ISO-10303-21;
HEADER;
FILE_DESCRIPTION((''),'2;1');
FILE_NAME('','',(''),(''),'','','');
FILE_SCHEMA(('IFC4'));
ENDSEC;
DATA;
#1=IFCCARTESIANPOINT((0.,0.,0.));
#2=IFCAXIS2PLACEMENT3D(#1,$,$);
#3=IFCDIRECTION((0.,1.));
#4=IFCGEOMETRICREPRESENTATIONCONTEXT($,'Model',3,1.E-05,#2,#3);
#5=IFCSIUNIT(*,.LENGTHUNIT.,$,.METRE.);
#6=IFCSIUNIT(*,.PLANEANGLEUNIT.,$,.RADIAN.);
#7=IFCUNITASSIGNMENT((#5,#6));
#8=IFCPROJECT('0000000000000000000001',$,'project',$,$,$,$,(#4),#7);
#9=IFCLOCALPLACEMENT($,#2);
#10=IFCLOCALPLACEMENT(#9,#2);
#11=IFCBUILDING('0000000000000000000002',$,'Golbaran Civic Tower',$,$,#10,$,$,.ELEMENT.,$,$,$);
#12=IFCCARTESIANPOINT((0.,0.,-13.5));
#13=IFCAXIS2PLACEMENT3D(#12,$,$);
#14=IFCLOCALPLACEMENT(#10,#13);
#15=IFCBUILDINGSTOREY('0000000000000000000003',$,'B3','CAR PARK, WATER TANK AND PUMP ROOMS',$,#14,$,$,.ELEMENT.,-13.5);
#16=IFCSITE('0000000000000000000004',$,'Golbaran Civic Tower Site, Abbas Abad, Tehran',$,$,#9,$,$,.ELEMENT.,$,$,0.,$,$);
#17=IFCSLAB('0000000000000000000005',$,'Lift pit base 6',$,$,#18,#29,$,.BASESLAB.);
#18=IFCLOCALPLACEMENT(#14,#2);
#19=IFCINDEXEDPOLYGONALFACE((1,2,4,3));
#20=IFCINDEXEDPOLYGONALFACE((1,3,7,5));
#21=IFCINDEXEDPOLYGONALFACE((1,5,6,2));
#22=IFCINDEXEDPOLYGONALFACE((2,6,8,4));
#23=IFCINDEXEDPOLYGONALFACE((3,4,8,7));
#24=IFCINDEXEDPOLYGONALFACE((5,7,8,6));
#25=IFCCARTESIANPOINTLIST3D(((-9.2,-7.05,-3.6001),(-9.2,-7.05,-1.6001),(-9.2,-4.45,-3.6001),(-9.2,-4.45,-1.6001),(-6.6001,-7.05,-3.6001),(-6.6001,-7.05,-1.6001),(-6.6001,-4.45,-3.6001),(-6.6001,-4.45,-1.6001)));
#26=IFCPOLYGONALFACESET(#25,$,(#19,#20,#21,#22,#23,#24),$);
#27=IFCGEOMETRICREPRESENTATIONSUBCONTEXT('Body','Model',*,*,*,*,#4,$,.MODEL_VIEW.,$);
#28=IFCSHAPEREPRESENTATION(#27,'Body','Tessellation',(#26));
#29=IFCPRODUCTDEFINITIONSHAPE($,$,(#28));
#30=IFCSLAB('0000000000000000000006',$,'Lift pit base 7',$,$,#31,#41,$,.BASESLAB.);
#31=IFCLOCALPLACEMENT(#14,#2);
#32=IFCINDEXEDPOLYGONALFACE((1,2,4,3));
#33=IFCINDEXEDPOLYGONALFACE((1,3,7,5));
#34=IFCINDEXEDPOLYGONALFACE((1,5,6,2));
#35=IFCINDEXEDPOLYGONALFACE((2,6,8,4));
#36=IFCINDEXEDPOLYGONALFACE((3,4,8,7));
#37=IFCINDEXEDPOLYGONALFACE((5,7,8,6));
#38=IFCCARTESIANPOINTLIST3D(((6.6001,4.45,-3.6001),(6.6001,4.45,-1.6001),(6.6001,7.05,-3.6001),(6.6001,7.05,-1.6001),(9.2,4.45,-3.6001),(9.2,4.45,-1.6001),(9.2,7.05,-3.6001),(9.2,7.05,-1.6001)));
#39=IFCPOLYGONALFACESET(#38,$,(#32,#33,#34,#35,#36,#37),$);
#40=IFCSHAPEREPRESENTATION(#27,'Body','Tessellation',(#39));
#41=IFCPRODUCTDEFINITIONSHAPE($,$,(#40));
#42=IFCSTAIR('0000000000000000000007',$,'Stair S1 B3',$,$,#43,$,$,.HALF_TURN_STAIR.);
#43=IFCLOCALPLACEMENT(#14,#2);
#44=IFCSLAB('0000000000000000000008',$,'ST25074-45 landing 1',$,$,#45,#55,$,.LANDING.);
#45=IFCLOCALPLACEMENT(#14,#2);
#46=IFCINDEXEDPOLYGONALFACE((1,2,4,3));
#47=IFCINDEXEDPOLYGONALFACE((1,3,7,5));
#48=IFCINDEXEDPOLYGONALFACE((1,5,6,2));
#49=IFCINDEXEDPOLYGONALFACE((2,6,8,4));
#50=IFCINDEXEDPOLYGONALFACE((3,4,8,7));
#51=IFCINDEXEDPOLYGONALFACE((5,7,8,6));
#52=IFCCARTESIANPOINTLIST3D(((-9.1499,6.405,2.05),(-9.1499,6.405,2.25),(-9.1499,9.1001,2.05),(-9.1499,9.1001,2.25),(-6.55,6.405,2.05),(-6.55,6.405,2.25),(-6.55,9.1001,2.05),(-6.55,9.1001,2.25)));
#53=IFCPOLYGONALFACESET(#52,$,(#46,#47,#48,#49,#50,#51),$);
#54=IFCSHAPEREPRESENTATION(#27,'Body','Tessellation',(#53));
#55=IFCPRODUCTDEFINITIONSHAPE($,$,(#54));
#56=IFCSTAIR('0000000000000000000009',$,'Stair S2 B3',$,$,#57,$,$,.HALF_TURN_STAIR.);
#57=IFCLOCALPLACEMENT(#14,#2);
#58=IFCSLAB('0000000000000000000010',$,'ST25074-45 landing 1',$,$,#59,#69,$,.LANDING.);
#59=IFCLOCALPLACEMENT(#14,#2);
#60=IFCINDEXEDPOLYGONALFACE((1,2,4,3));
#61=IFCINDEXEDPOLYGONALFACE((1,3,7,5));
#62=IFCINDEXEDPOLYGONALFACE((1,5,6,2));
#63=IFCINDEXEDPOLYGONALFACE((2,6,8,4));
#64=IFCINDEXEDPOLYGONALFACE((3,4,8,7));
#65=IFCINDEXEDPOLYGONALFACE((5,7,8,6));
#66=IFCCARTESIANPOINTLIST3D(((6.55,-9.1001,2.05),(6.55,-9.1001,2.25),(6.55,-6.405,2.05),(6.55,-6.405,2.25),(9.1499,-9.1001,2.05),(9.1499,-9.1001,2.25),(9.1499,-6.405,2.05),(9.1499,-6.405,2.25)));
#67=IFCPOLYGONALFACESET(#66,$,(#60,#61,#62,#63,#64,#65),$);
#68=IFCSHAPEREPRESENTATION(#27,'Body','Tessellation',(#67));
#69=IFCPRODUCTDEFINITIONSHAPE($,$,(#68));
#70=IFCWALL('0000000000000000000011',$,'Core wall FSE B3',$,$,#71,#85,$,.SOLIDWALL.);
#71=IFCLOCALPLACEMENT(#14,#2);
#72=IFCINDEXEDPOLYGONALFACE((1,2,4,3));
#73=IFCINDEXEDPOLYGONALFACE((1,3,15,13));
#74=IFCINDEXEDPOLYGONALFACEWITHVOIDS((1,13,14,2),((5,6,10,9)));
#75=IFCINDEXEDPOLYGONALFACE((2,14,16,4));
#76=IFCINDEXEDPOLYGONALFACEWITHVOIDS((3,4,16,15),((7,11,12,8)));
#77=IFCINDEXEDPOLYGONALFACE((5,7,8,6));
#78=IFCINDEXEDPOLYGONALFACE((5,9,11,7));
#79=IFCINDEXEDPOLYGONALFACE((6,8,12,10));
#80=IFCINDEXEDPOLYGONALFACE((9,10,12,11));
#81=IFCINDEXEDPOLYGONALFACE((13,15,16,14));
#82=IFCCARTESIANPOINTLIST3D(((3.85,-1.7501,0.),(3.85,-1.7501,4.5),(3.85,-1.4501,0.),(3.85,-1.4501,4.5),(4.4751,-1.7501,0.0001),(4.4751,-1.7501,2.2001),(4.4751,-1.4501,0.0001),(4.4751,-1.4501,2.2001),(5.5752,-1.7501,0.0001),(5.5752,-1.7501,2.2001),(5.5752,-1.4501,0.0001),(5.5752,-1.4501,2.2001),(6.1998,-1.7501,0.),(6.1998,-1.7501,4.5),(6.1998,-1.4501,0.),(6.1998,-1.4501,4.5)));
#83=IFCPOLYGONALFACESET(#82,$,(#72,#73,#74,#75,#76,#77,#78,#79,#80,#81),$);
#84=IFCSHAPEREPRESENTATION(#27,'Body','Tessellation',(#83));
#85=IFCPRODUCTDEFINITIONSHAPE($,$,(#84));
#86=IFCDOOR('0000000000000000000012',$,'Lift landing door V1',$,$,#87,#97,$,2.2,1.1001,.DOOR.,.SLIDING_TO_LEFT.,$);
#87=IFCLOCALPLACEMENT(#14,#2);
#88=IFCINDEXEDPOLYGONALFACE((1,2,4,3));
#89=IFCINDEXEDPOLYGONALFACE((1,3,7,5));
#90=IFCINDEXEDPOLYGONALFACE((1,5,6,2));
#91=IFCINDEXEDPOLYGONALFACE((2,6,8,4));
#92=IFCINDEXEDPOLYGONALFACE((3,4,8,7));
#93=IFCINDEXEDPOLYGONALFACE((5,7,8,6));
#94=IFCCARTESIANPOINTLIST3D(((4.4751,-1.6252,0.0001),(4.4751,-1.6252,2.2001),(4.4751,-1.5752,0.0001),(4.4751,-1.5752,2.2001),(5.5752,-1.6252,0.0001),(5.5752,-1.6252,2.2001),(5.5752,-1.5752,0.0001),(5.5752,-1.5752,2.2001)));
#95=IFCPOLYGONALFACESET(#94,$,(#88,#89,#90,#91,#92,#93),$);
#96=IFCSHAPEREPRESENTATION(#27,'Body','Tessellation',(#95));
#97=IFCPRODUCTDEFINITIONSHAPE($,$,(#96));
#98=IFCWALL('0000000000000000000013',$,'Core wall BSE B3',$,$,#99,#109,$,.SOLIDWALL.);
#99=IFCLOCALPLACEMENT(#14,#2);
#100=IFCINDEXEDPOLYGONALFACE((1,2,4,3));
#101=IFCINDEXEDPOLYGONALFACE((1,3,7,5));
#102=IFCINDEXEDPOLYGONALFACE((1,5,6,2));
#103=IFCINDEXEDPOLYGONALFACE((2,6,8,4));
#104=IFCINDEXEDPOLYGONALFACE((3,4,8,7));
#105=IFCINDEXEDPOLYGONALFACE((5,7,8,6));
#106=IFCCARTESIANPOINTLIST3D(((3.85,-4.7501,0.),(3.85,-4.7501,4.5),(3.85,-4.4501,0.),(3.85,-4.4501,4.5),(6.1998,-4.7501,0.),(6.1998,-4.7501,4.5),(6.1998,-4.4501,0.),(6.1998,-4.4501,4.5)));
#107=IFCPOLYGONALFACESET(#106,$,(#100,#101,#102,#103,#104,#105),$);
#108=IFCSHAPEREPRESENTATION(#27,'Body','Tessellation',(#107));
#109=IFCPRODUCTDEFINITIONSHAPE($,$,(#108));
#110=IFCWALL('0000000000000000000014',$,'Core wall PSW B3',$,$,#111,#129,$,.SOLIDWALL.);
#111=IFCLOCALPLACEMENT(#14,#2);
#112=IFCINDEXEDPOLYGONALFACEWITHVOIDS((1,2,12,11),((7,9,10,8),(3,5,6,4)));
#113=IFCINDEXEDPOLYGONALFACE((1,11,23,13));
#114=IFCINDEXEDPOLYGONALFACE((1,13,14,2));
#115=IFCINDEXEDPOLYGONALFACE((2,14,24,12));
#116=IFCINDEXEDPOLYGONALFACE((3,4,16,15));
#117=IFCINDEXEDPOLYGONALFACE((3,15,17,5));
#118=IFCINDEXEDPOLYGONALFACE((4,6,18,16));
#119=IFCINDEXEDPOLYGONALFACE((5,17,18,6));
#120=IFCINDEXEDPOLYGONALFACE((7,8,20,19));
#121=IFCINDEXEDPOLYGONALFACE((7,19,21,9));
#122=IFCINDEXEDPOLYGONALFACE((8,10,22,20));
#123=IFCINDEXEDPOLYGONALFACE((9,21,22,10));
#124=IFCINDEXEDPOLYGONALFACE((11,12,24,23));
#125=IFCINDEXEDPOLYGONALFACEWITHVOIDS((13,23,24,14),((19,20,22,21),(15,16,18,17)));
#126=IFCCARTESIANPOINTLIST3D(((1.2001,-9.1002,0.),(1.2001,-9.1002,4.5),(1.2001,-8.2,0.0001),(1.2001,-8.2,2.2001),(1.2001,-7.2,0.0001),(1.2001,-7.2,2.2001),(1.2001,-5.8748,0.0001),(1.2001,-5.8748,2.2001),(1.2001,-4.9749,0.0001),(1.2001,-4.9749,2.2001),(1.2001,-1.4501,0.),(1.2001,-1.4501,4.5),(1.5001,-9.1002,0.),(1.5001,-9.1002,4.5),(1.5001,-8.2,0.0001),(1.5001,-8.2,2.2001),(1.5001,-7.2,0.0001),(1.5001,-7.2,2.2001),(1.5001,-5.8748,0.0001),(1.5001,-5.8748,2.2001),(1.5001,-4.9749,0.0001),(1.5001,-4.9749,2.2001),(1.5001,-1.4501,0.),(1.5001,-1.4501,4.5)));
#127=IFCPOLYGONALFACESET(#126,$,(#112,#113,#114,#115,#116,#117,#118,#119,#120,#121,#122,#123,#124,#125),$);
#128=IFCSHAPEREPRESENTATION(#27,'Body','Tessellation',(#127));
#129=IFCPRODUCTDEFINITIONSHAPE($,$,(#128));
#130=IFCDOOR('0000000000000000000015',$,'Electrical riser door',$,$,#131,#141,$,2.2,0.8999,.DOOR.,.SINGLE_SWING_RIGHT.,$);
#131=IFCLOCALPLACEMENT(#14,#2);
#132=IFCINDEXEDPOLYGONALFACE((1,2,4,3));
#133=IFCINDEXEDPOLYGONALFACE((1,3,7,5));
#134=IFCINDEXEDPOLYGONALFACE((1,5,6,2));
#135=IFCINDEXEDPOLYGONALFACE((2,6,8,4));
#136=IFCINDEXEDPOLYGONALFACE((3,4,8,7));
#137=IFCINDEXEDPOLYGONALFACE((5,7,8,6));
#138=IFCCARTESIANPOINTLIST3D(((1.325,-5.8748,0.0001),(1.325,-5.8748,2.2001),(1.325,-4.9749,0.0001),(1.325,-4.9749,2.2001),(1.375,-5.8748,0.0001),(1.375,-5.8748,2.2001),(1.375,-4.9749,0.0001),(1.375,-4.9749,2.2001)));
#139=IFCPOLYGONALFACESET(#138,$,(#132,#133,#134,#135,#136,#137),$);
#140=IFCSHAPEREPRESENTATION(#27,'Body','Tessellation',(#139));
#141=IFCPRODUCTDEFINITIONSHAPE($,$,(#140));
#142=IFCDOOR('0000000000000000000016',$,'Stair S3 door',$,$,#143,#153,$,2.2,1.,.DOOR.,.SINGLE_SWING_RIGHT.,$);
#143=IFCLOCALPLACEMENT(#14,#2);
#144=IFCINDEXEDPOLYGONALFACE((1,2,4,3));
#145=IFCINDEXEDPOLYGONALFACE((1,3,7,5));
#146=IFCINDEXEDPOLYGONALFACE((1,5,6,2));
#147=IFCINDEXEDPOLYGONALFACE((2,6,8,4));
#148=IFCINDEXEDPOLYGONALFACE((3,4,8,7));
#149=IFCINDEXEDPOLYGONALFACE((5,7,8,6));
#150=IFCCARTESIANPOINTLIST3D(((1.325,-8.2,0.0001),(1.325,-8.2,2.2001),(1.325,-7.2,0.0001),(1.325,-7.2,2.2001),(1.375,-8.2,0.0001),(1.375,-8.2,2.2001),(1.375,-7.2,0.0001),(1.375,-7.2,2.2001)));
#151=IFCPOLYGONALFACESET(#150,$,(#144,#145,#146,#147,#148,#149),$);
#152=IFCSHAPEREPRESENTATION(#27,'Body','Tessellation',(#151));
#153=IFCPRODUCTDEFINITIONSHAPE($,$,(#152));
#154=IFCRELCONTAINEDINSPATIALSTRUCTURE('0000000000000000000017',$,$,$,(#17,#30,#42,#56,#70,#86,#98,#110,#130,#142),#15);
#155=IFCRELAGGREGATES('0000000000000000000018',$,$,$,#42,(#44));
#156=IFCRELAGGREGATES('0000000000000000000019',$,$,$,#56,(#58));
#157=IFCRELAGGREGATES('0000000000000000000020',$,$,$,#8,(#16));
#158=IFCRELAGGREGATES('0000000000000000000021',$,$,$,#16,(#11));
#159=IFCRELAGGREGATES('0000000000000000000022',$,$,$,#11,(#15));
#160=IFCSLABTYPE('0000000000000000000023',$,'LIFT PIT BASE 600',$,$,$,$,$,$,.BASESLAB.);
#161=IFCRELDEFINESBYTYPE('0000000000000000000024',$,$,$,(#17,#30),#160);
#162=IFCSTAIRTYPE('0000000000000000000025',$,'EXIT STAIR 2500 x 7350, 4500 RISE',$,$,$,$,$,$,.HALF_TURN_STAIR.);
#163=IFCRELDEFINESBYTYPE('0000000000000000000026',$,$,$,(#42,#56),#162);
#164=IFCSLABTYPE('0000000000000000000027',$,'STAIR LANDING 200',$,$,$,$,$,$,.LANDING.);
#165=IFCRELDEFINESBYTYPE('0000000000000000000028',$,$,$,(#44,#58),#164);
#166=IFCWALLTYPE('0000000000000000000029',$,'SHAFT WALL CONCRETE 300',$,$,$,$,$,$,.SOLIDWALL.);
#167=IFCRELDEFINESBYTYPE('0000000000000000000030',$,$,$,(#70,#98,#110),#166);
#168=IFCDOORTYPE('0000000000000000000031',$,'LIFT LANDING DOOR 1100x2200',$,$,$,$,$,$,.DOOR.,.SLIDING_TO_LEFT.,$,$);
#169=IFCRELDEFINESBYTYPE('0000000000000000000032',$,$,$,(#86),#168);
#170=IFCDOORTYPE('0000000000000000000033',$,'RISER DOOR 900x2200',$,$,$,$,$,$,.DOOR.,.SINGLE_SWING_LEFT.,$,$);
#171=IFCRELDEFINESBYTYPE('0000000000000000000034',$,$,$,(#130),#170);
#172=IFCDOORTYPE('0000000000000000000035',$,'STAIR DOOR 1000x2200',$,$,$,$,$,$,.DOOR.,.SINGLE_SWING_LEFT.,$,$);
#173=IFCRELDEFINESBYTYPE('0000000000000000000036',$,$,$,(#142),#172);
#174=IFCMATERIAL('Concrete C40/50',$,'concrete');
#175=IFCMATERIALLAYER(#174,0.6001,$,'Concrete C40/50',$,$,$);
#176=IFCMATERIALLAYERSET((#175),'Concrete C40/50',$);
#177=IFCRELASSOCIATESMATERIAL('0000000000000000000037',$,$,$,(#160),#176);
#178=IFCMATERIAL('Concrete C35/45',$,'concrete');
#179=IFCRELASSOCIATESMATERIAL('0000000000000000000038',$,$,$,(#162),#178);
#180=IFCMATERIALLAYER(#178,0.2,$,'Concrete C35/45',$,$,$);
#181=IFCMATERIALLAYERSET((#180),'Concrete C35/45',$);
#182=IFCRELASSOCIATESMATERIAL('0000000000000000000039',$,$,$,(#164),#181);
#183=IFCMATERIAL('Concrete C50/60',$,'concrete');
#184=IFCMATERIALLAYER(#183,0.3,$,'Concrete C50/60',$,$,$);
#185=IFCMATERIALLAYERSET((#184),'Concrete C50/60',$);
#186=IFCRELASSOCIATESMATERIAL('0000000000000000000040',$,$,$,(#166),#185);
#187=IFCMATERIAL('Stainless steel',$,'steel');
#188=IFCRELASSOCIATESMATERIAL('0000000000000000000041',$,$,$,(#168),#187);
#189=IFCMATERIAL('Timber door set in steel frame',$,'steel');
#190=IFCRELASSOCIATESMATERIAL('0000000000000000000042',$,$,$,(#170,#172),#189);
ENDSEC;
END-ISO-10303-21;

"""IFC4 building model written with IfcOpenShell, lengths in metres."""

from ifc_helpers import new_model, si_unit, direction, frame, frame_2d, origin, place, context, subcontext, project, spatial, polyline, rectangle, outline, extrude, material, layer, layer_set, type_object, element, fill, aggregate, save


model = new_model("IFC4")

# Units and contexts
model_context = context("Model", 3, precision=1e-05, world=origin(), true_north=direction((0.0, 1.0)))
body_context = subcontext(model_context, "Body", "Model", "MODEL_VIEW")
ifc_project = project(units=[si_unit("LENGTHUNIT", "METRE"), si_unit("PLANEANGLEUNIT", "RADIAN")], contexts=[model_context])

# Site, building, storey
site_placement = place(None, origin())
site = spatial("IfcSite", under=ifc_project, at=site_placement, Name="Golbaran Civic Tower Site, Abbas Abad, Tehran", CompositionType="ELEMENT", RefElevation=0.0)
building_placement = place(site_placement, origin())
building = spatial("IfcBuilding", under=site, at=building_placement, Name="Golbaran Civic Tower", CompositionType="ELEMENT")
storey_placement = place(building_placement, frame((0.0, 0.0, -13.5)))
storey = spatial("IfcBuildingStorey", under=building, at=storey_placement, Name="B3", Description="CAR PARK, WATER TANK AND PUMP ROOMS", CompositionType="ELEMENT", Elevation=-13.5)

# Shared definitions
ifc_material_1 = material(Name="Concrete C35/45", Category="concrete")

# Slabs
ifc_material_2 = material(Name="Concrete C40/50", Category="concrete")
ifc_layer_1 = layer(ifc_material_2, 0.6001, Name="Concrete C40/50")
ifc_layer_set_1 = layer_set([ifc_layer_1], Name="Concrete C40/50")
slab_type_1 = type_object("IfcSlabType", Name="LIFT PIT BASE 600", PredefinedType="BASESLAB", material=ifc_layer_set_1)
slab_1_placement = place(storey_placement, frame((0.0, 0.0, -3.6001)))
element("IfcSlab", 1, at=slab_1_placement, inside=storey, type_object=slab_type_1, Name="Lift pit base 6", PredefinedType="BASESLAB", context=body_context, shape_type="SweptSolid", body=[
    extrude(outline(polyline([(-9.2, -7.05), (-6.6001, -7.05), (-6.6001, -4.45), (-9.2, -4.45), (-9.2, -7.05)])), origin(), (0.0, 0.0, 1.0), 2.0),
])
slab_2_placement = place(storey_placement, frame((0.0, 0.0, -3.6001)))
element("IfcSlab", 2, at=slab_2_placement, inside=storey, type_object=slab_type_1, Name="Lift pit base 7", PredefinedType="BASESLAB", context=body_context, shape_type="SweptSolid", body=[
    extrude(outline(polyline([(6.6001, 4.45), (9.2, 4.45), (9.2, 7.05), (6.6001, 7.05), (6.6001, 4.45)])), origin(), (0.0, 0.0, 1.0), 2.0),
])

# Stairs, slabs
stair_type = type_object("IfcStairType", Name="EXIT STAIR 2500 x 7350, 4500 RISE", PredefinedType="HALF_TURN_STAIR", material=ifc_material_1)
stair_1_placement = place(storey_placement, origin())
stair_1 = element("IfcStair", 3, at=stair_1_placement, inside=storey, type_object=stair_type, Name="Stair S1 B3", PredefinedType="HALF_TURN_STAIR")
ifc_layer_2 = layer(ifc_material_1, 0.2, Name="Concrete C35/45")
ifc_layer_set_2 = layer_set([ifc_layer_2], Name="Concrete C35/45")
slab_type_2 = type_object("IfcSlabType", Name="STAIR LANDING 200", PredefinedType="LANDING", material=ifc_layer_set_2)
slab_3_placement = place(storey_placement, frame((0.0, 0.0, 2.05)))
slab_3 = element("IfcSlab", 4, at=slab_3_placement, type_object=slab_type_2, Name="ST25074-45 landing 1", PredefinedType="LANDING", context=body_context, shape_type="SweptSolid", body=[
    extrude(outline(polyline([(-9.1499, 6.405), (-9.1499, 9.1001), (-6.55, 9.1001), (-6.55, 6.405), (-9.1499, 6.405)])), origin(), (0.0, 0.0, 1.0), 0.2),
])
aggregate(stair_1, [slab_3])
stair_2_placement = place(storey_placement, origin())
stair_2 = element("IfcStair", 5, at=stair_2_placement, inside=storey, type_object=stair_type, Name="Stair S2 B3", PredefinedType="HALF_TURN_STAIR")
slab_4_placement = place(storey_placement, frame((0.0, 0.0, 2.05)))
slab_4 = element("IfcSlab", 6, at=slab_4_placement, type_object=slab_type_2, Name="ST25074-45 landing 1", PredefinedType="LANDING", context=body_context, shape_type="SweptSolid", body=[
    extrude(outline(polyline([(9.1499, -6.405), (9.1499, -9.1001), (6.55, -9.1001), (6.55, -6.405), (9.1499, -6.405)])), origin(), (0.0, 0.0, 1.0), 0.2),
])

# Wall, opening, door
ifc_material_3 = material(Name="Concrete C50/60", Category="concrete")
ifc_layer_3 = layer(ifc_material_3, 0.3, Name="Concrete C50/60")
ifc_layer_set_3 = layer_set([ifc_layer_3], Name="Concrete C50/60")
wall_type = type_object("IfcWallType", Name="SHAFT WALL CONCRETE 300", PredefinedType="SOLIDWALL", material=ifc_layer_set_3)
wall_1_placement = place(storey_placement, frame((3.8501, -1.6001, 0.0), z_axis=(0.0, 0.0, 1.0), x_axis=(1.0, 0.0, 0.0)))
wall_1 = element("IfcWall", 7, at=wall_1_placement, inside=storey, type_object=wall_type, Name="Core wall FSE B3", PredefinedType="SOLIDWALL", context=body_context, shape_type="SweptSolid", body=[
    extrude(rectangle(XDim=2.3499, YDim=0.3, at=frame_2d((1.1748, 0.0))), origin(), (0.0, 0.0, 1.0), 4.5),
])
opening_1_placement = place(wall_1_placement, frame((0.625, 0.0, 0.0)))
opening_1 = element("IfcOpeningElement", 8, at=opening_1_placement, cuts=wall_1, PredefinedType="OPENING", context=body_context, shape_type="SweptSolid", body=[
    extrude(rectangle(XDim=1.1001, YDim=2.2, at=frame_2d((0.55, 1.1001))), frame((0.0, 0.1599, 0.0), z_axis=(0.0, -1.0, 0.0), x_axis=(1.0, 0.0, 0.0)), (0.0, 0.0, 1.0), 0.3201),
])
ifc_material_4 = material(Name="Stainless steel", Category="steel")
door_type_1 = type_object("IfcDoorType", Name="LIFT LANDING DOOR 1100x2200", OperationType="SLIDING_TO_LEFT", PredefinedType="DOOR", material=ifc_material_4)
door_1_placement = place(opening_1_placement, origin())
door_1 = element("IfcDoor", 9, at=door_1_placement, inside=storey, type_object=door_type_1, Name="Lift landing door V1", OperationType="SLIDING_TO_LEFT", OverallHeight=2.2, OverallWidth=1.1001, PredefinedType="DOOR", context=body_context, shape_type="SweptSolid", body=[
    extrude(rectangle(XDim=1.1001, YDim=2.2, at=frame_2d((0.55, 1.1001))), frame((0.0, 0.0249, 0.0), z_axis=(0.0, -1.0, 0.0), x_axis=(1.0, 0.0, 0.0)), (0.0, 0.0, 1.0), 0.05),
])
fill(opening_1, door_1)

# Wall
wall_2_placement = place(storey_placement, frame((3.8501, -4.6001, 0.0), z_axis=(0.0, 0.0, 1.0), x_axis=(1.0, 0.0, 0.0)))
element("IfcWall", 10, at=wall_2_placement, inside=storey, type_object=wall_type, Name="Core wall BSE B3", PredefinedType="SOLIDWALL", context=body_context, shape_type="SweptSolid", body=[
    extrude(rectangle(XDim=2.3499, YDim=0.3, at=frame_2d((1.1748, 0.0))), origin(), (0.0, 0.0, 1.0), 4.5),
])

# Wall, openings, doors
wall_3_placement = place(storey_placement, frame((1.3501, -1.45, 0.0), z_axis=(0.0, 0.0, 1.0), x_axis=(0.0, -1.0, 0.0)))
wall_3 = element("IfcWall", 11, at=wall_3_placement, inside=storey, type_object=wall_type, Name="Core wall PSW B3", PredefinedType="SOLIDWALL", context=body_context, shape_type="SweptSolid", body=[
    extrude(rectangle(XDim=7.6501, YDim=0.3, at=frame_2d((3.8252, 0.0))), origin(), (0.0, 0.0, 1.0), 4.5),
])
opening_2_placement = place(wall_3_placement, frame((5.75, 0.0, 0.0)))
opening_2 = element("IfcOpeningElement", 12, at=opening_2_placement, cuts=wall_3, PredefinedType="OPENING", context=body_context, shape_type="SweptSolid", body=[
    extrude(rectangle(XDim=1.0, YDim=2.2, at=frame_2d((0.5, 1.1001))), frame((0.0, 0.1599, 0.0), z_axis=(0.0, -1.0, 0.0), x_axis=(1.0, 0.0, 0.0)), (0.0, 0.0, 1.0), 0.3201),
])
opening_3_placement = place(wall_3_placement, frame((3.5249, 0.0, 0.0)))
opening_3 = element("IfcOpeningElement", 13, at=opening_3_placement, cuts=wall_3, PredefinedType="OPENING", context=body_context, shape_type="SweptSolid", body=[
    extrude(rectangle(XDim=0.8999, YDim=2.2, at=frame_2d((0.45, 1.1001))), frame((0.0, 0.1599, 0.0), z_axis=(0.0, -1.0, 0.0), x_axis=(1.0, 0.0, 0.0)), (0.0, 0.0, 1.0), 0.3201),
])
ifc_material_5 = material(Name="Timber door set in steel frame", Category="steel")
door_type_2 = type_object("IfcDoorType", Name="RISER DOOR 900x2200", OperationType="SINGLE_SWING_LEFT", PredefinedType="DOOR", material=ifc_material_5)
door_2_placement = place(opening_3_placement, origin())
door_2 = element("IfcDoor", 14, at=door_2_placement, inside=storey, type_object=door_type_2, Name="Electrical riser door", OperationType="SINGLE_SWING_RIGHT", OverallHeight=2.2, OverallWidth=0.8999, PredefinedType="DOOR", context=body_context, shape_type="SweptSolid", body=[
    extrude(rectangle(XDim=0.8999, YDim=2.2, at=frame_2d((0.45, 1.1001))), frame((0.0, 0.0249, 0.0), z_axis=(0.0, -1.0, 0.0), x_axis=(1.0, 0.0, 0.0)), (0.0, 0.0, 1.0), 0.05),
])
fill(opening_3, door_2)
door_type_3 = type_object("IfcDoorType", Name="STAIR DOOR 1000x2200", OperationType="SINGLE_SWING_LEFT", PredefinedType="DOOR", material=ifc_material_5)
door_3_placement = place(opening_2_placement, origin())
door_3 = element("IfcDoor", 15, at=door_3_placement, inside=storey, type_object=door_type_3, Name="Stair S3 door", OperationType="SINGLE_SWING_RIGHT", OverallHeight=2.2, OverallWidth=1.0, PredefinedType="DOOR", context=body_context, shape_type="SweptSolid", body=[
    extrude(rectangle(XDim=1.0, YDim=2.2, at=frame_2d((0.5, 1.1001))), frame((0.0, 0.0249, 0.0), z_axis=(0.0, -1.0, 0.0), x_axis=(1.0, 0.0, 0.0)), (0.0, 0.0, 1.0), 0.05),
])
fill(opening_2, door_3)

aggregate(stair_2, [slab_4])

save(model, "model.ifc")
